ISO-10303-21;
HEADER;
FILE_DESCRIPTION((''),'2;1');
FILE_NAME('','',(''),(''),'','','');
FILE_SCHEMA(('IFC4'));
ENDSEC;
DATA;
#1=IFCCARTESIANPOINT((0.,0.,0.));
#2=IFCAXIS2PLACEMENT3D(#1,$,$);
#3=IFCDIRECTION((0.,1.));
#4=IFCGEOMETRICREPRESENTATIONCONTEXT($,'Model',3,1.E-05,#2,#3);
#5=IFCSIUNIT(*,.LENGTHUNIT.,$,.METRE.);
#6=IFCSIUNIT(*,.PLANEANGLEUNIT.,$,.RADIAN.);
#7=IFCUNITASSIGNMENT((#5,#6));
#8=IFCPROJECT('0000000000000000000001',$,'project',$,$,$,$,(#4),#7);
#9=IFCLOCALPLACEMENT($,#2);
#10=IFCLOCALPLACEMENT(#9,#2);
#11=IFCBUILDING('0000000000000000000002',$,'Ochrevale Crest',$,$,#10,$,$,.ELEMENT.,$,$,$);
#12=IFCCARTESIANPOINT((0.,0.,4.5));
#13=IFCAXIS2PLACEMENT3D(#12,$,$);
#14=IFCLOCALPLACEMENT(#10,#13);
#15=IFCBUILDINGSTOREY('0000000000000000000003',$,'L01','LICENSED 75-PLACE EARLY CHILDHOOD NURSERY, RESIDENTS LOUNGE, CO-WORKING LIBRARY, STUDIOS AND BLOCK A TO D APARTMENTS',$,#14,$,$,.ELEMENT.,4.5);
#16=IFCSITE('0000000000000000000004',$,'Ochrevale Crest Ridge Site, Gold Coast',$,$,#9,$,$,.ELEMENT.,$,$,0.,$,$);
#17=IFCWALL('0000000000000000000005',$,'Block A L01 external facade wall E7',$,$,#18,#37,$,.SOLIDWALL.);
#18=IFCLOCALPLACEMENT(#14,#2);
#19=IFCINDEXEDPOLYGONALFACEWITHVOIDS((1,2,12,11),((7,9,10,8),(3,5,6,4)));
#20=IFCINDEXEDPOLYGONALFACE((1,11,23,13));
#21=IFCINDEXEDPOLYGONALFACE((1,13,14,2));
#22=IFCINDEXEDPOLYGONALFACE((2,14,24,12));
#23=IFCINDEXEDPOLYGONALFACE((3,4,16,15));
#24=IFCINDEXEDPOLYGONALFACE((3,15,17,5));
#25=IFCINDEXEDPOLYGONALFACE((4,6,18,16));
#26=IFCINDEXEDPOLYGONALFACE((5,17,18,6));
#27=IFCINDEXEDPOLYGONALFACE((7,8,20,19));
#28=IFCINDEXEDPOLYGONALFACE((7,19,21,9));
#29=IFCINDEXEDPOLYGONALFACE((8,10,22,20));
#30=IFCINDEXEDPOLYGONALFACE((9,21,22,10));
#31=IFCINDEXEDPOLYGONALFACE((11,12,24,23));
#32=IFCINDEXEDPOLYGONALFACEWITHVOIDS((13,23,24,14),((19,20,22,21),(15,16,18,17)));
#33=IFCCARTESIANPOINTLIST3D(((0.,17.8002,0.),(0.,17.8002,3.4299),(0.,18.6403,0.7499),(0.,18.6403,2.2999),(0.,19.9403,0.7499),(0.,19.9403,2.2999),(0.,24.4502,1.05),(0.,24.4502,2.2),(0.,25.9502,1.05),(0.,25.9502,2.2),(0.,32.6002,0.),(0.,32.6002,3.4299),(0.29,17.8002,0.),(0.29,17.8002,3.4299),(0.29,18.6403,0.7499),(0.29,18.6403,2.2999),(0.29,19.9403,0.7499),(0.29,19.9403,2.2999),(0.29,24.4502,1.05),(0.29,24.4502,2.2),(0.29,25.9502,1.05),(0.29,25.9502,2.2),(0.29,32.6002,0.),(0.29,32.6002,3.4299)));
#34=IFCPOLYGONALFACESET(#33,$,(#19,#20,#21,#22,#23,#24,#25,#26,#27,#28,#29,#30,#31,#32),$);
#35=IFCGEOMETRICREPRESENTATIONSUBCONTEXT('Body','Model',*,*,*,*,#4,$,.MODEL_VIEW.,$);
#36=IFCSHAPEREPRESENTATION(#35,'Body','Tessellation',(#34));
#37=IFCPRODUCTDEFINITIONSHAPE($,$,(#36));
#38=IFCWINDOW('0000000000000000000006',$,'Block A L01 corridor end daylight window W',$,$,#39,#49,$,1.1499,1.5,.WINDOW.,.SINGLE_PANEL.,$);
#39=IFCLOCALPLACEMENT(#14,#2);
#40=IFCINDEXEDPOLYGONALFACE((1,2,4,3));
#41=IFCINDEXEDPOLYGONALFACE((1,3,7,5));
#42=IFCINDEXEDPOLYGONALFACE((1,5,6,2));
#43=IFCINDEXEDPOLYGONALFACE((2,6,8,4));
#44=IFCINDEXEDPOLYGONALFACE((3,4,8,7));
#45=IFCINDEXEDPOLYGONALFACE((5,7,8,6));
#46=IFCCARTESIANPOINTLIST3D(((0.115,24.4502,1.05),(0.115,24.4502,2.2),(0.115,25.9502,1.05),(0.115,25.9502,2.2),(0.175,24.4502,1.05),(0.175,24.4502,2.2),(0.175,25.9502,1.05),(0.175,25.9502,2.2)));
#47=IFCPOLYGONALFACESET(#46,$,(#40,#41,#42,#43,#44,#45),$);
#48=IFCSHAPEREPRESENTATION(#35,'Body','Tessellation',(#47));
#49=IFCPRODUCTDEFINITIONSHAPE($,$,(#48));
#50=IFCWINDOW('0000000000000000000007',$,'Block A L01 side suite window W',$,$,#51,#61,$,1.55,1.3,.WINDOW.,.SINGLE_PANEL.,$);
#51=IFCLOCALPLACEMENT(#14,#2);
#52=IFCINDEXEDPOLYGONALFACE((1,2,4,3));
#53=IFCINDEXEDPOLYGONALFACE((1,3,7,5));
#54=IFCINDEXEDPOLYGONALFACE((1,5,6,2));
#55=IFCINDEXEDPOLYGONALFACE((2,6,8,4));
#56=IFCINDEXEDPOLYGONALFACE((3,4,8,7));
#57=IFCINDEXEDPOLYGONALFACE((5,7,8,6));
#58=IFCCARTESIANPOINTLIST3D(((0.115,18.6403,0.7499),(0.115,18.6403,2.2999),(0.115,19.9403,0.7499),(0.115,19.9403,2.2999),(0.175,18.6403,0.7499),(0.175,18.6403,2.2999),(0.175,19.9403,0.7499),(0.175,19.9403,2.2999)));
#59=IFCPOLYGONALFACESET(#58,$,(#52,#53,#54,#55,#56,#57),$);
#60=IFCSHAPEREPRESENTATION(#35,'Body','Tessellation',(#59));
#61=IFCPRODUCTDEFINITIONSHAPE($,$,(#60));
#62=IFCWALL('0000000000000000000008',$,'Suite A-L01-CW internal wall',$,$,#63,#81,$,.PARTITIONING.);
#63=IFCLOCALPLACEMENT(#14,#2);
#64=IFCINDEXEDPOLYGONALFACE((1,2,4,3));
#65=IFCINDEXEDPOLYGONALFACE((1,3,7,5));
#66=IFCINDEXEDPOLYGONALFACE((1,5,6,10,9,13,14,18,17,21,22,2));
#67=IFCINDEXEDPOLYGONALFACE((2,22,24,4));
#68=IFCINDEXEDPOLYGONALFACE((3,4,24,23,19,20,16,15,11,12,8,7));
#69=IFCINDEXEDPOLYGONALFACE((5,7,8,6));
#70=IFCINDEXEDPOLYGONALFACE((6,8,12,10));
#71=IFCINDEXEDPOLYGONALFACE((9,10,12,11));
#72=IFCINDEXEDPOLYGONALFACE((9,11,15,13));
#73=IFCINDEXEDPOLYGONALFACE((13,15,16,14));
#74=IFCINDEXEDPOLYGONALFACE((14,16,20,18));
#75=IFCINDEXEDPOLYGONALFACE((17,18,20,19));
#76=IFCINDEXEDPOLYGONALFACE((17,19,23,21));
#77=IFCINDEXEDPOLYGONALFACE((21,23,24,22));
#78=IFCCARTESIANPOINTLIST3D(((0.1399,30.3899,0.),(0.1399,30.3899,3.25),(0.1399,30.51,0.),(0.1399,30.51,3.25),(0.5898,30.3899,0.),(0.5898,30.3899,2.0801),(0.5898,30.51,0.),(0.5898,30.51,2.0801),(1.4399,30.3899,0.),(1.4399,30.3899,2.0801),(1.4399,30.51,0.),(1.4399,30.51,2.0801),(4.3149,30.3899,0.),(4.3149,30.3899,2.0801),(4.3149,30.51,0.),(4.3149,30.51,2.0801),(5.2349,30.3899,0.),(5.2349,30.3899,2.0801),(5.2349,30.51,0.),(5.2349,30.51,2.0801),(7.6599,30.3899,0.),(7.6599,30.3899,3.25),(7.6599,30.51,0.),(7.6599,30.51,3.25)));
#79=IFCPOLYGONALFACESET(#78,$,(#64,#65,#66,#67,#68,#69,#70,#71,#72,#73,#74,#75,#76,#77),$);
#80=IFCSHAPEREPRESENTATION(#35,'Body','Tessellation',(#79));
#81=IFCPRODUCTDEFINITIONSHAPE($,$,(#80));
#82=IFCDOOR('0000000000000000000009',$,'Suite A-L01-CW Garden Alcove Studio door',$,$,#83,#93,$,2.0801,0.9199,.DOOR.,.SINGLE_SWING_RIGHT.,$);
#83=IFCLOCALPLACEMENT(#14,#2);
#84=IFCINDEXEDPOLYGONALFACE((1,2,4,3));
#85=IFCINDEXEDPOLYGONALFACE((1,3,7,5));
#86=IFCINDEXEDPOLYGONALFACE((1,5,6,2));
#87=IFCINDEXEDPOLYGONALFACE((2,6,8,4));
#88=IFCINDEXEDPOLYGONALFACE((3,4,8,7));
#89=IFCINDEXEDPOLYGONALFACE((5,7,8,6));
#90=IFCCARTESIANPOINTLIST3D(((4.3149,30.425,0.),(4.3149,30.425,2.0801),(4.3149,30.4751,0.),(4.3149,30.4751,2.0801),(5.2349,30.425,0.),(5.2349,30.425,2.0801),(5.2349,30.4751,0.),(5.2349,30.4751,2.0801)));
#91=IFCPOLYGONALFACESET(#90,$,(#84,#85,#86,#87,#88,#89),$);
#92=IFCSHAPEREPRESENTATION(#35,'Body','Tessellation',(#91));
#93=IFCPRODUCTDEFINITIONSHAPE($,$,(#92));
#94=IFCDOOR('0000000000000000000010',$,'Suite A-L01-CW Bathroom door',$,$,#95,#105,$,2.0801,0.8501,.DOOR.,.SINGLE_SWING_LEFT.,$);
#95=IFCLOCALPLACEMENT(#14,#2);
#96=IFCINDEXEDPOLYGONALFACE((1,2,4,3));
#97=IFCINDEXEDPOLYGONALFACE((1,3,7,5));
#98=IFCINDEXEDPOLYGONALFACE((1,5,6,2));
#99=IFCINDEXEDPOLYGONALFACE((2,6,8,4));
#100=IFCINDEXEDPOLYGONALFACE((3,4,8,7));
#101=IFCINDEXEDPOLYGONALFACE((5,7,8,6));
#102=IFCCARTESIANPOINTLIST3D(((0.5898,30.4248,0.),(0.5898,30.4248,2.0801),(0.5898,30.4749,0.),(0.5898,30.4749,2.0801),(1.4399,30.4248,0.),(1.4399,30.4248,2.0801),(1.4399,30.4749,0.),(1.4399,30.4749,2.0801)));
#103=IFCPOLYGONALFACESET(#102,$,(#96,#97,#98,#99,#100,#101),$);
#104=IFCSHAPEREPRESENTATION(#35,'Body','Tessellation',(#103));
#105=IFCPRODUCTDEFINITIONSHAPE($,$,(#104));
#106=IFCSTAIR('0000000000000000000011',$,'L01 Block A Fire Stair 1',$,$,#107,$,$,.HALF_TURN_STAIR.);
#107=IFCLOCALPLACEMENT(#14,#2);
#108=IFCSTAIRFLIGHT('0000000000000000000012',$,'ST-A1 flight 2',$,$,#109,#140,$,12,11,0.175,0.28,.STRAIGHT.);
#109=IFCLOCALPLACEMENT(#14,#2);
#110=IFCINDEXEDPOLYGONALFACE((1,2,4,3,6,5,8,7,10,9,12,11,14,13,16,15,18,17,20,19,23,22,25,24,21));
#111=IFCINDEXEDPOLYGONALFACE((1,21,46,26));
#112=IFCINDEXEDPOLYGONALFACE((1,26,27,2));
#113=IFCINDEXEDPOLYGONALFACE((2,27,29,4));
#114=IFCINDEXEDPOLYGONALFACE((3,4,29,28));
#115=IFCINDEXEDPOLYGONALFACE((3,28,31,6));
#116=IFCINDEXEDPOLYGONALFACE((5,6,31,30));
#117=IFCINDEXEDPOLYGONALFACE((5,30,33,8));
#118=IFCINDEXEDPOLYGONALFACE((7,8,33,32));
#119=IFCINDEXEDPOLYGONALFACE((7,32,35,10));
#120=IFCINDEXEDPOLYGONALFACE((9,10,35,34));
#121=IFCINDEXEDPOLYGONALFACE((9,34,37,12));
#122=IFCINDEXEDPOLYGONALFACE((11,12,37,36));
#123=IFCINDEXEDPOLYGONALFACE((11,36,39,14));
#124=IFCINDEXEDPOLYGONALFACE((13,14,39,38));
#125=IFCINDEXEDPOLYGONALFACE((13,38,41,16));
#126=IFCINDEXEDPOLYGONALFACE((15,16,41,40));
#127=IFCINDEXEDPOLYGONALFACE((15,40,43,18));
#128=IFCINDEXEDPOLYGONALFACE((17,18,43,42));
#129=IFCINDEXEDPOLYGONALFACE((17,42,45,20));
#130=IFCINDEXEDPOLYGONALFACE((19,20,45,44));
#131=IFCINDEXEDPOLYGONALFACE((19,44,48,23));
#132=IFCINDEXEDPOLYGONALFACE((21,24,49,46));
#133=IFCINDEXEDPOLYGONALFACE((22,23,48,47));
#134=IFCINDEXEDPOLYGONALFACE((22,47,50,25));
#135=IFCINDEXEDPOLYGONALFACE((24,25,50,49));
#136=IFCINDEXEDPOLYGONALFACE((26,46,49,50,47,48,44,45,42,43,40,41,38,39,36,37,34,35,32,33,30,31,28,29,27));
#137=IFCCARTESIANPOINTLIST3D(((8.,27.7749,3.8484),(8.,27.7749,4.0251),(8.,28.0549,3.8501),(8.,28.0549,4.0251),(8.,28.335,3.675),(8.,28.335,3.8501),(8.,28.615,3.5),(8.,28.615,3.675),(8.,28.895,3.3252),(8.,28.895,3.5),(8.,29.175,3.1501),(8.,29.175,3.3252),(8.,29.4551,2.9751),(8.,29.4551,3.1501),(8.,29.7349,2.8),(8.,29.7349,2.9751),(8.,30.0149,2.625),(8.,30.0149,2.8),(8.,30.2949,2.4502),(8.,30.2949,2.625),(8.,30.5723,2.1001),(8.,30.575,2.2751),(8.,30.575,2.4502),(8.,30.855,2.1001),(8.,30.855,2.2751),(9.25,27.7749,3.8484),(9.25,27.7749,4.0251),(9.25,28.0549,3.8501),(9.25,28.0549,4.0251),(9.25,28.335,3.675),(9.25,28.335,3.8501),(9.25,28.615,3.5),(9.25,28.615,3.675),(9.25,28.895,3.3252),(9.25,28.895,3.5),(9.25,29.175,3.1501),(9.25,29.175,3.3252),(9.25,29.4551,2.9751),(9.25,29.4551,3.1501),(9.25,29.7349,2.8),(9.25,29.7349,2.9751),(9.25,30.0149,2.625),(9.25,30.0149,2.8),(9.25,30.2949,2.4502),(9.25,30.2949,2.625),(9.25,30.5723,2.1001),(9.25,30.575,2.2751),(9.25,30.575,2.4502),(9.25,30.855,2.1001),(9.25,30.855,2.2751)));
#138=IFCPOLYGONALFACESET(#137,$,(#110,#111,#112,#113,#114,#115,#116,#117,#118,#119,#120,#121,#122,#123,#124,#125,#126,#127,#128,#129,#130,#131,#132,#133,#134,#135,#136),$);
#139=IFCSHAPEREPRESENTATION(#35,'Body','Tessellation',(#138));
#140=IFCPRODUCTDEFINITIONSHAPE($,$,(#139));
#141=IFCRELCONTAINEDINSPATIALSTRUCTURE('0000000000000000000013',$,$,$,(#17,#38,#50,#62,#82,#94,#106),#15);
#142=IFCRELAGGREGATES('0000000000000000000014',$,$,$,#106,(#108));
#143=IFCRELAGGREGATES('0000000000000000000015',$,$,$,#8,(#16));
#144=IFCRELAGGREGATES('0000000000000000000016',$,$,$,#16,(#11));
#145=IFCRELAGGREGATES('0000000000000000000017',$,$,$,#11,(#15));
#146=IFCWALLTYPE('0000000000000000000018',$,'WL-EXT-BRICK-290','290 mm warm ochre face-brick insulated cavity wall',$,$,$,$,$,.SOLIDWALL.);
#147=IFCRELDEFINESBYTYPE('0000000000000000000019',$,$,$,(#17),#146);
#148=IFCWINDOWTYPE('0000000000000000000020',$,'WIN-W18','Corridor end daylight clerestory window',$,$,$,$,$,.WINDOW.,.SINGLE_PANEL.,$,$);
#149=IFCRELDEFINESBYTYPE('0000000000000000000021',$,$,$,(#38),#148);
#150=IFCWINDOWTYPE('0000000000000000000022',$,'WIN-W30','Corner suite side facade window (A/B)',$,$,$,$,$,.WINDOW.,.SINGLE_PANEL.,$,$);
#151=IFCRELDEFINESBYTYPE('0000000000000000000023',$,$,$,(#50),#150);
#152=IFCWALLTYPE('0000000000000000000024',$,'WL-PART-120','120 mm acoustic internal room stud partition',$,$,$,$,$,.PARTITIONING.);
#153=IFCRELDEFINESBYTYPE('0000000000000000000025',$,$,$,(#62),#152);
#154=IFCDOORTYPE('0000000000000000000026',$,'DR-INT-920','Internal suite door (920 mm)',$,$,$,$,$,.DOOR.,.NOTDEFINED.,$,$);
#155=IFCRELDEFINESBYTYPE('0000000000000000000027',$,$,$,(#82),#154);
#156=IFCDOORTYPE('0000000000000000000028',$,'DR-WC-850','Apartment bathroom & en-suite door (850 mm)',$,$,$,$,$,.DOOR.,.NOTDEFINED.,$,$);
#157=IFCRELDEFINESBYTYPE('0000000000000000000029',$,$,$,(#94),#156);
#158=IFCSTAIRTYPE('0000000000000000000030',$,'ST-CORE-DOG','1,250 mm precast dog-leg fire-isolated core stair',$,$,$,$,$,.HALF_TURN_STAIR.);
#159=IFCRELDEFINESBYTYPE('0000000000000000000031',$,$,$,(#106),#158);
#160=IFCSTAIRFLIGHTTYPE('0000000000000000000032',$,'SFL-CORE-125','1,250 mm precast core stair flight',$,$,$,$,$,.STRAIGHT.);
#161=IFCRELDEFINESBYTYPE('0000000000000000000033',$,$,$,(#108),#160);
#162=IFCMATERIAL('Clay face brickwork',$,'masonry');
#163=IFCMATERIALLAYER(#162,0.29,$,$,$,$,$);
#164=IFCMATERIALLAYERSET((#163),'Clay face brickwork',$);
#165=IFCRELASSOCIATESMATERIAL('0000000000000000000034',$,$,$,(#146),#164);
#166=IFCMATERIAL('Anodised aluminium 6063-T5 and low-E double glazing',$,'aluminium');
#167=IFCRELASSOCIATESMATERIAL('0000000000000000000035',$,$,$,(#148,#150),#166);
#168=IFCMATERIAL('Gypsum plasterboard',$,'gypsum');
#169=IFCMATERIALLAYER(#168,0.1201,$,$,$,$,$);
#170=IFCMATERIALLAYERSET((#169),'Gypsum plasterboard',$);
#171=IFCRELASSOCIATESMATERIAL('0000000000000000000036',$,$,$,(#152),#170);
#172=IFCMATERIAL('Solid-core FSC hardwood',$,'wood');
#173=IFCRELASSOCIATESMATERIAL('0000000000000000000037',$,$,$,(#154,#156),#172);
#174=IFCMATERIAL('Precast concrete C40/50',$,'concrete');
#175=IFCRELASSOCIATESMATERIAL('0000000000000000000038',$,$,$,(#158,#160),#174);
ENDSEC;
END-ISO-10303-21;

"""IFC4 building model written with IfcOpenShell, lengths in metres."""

from ifc_helpers import new_model, si_unit, direction, frame, frame_2d, origin, place, context, subcontext, project, spatial, polyline, rectangle, outline, extrude, material, layer, layer_set, type_object, element, fill, aggregate, save


model = new_model("IFC4")

# Units and contexts
model_context = context("Model", 3, precision=1e-05, world=origin(), true_north=direction((0.0, 1.0)))
body_context = subcontext(model_context, "Body", "Model", "MODEL_VIEW")
ifc_project = project(units=[si_unit("LENGTHUNIT", "METRE"), si_unit("PLANEANGLEUNIT", "RADIAN")], contexts=[model_context])

# Site, building, storey
site_placement = place(None, origin())
site = spatial("IfcSite", under=ifc_project, at=site_placement, Name="Ochrevale Crest Ridge Site, Gold Coast", CompositionType="ELEMENT", RefElevation=0.0)
building_placement = place(site_placement, origin())
building = spatial("IfcBuilding", under=site, at=building_placement, Name="Ochrevale Crest", CompositionType="ELEMENT")
storey_placement = place(building_placement, frame((0.0, 0.0, 4.5)))
storey = spatial("IfcBuildingStorey", under=building, at=storey_placement, Name="L01", Description="LICENSED 75-PLACE EARLY CHILDHOOD NURSERY, RESIDENTS LOUNGE, CO-WORKING LIBRARY, STUDIOS AND BLOCK A TO D APARTMENTS", CompositionType="ELEMENT", Elevation=4.5)

# Wall, openings, windows
ifc_material_1 = material(Name="Clay face brickwork", Category="masonry")
ifc_layer_1 = layer(ifc_material_1, 0.29)
ifc_layer_set_1 = layer_set([ifc_layer_1], Name="Clay face brickwork")
wall_type_1 = type_object("IfcWallType", Name="WL-EXT-BRICK-290", Description="290 mm warm ochre face-brick insulated cavity wall", PredefinedType="SOLIDWALL", material=ifc_layer_set_1)
wall_1_placement = place(storey_placement, frame((0.145, 32.6001, 0.0), z_axis=(0.0, 0.0, 1.0), x_axis=(0.0, -1.0, 0.0)))
wall_1 = element("IfcWall", 1, at=wall_1_placement, inside=storey, type_object=wall_type_1, Name="Block A L01 external facade wall E7", PredefinedType="SOLIDWALL", context=body_context, shape_type="SweptSolid", body=[
    extrude(rectangle(XDim=14.8, YDim=0.29, at=frame_2d((7.3999, 0.0))), origin(), (0.0, 0.0, 1.0), 3.4299),
])
opening_1_placement = place(wall_1_placement, frame((6.6499, 0.0, 1.05)))
opening_1 = element("IfcOpeningElement", 2, at=opening_1_placement, cuts=wall_1, PredefinedType="OPENING", context=body_context, shape_type="SweptSolid", body=[
    extrude(rectangle(XDim=1.5, YDim=1.1499, at=frame_2d((0.75, 0.575))), frame((0.0, 0.155, 0.0), z_axis=(0.0, -1.0, 0.0), x_axis=(1.0, 0.0, 0.0)), (0.0, 0.0, 1.0), 0.3101),
])
opening_2_placement = place(wall_1_placement, frame((12.6599, 0.0, 0.75)))
opening_2 = element("IfcOpeningElement", 3, at=opening_2_placement, cuts=wall_1, PredefinedType="OPENING", context=body_context, shape_type="SweptSolid", body=[
    extrude(rectangle(XDim=1.3, YDim=1.55, at=frame_2d((0.6499, 0.7749))), frame((0.0, 0.155, 0.0), z_axis=(0.0, -1.0, 0.0), x_axis=(1.0, 0.0, 0.0)), (0.0, 0.0, 1.0), 0.3101),
])
ifc_material_2 = material(Name="Anodised aluminium 6063-T5 and low-E double glazing", Category="aluminium")
window_type_1 = type_object("IfcWindowType", Name="WIN-W18", Description="Corridor end daylight clerestory window", PartitioningType="SINGLE_PANEL", PredefinedType="WINDOW", material=ifc_material_2)
window_1_placement = place(opening_1_placement, origin())
window_1 = element("IfcWindow", 4, at=window_1_placement, inside=storey, type_object=window_type_1, Name="Block A L01 corridor end daylight window W", OverallHeight=1.1499, OverallWidth=1.5, PartitioningType="SINGLE_PANEL", PredefinedType="WINDOW", context=body_context, shape_type="SweptSolid", body=[
    extrude(rectangle(XDim=1.5, YDim=1.1499, at=frame_2d((0.75, 0.575))), frame((0.0, 0.03, 0.0), z_axis=(0.0, -1.0, 0.0), x_axis=(1.0, 0.0, 0.0)), (0.0, 0.0, 1.0), 0.0601),
])
fill(opening_1, window_1)
window_type_2 = type_object("IfcWindowType", Name="WIN-W30", Description="Corner suite side facade window (A/B)", PartitioningType="SINGLE_PANEL", PredefinedType="WINDOW", material=ifc_material_2)
window_2_placement = place(opening_2_placement, origin())
window_2 = element("IfcWindow", 5, at=window_2_placement, inside=storey, type_object=window_type_2, Name="Block A L01 side suite window W", OverallHeight=1.55, OverallWidth=1.3, PartitioningType="SINGLE_PANEL", PredefinedType="WINDOW", context=body_context, shape_type="SweptSolid", body=[
    extrude(rectangle(XDim=1.3, YDim=1.55, at=frame_2d((0.6499, 0.7749))), frame((0.0, 0.03, 0.0), z_axis=(0.0, -1.0, 0.0), x_axis=(1.0, 0.0, 0.0)), (0.0, 0.0, 1.0), 0.0601),
])
fill(opening_2, window_2)

# Wall, openings, doors
ifc_material_3 = material(Name="Gypsum plasterboard", Category="gypsum")
ifc_layer_2 = layer(ifc_material_3, 0.1201)
ifc_layer_set_2 = layer_set([ifc_layer_2], Name="Gypsum plasterboard")
wall_type_2 = type_object("IfcWallType", Name="WL-PART-120", Description="120 mm acoustic internal room stud partition", PredefinedType="PARTITIONING", material=ifc_layer_set_2)
wall_2_placement = place(storey_placement, frame((0.1399, 30.45, 0.0), z_axis=(0.0, 0.0, 1.0), x_axis=(1.0, 0.0, 0.0)))
wall_2 = element("IfcWall", 6, at=wall_2_placement, inside=storey, type_object=wall_type_2, Name="Suite A-L01-CW internal wall", PredefinedType="PARTITIONING", context=body_context, shape_type="SweptSolid", body=[
    extrude(rectangle(XDim=7.52, YDim=0.1201, at=frame_2d((3.76, 0.0))), origin(), (0.0, 0.0, 1.0), 3.25),
])
opening_3_placement = place(wall_2_placement, frame((0.45, 0.0, 0.0)))
opening_3 = element("IfcOpeningElement", 7, at=opening_3_placement, cuts=wall_2, PredefinedType="OPENING", context=body_context, shape_type="SweptSolid", body=[
    extrude(rectangle(XDim=0.8501, YDim=2.0801, at=frame_2d((0.425, 1.04))), frame((0.0, 0.0701, 0.0), z_axis=(0.0, -1.0, 0.0), x_axis=(1.0, 0.0, 0.0)), (0.0, 0.0, 1.0), 0.1401),
])
opening_4_placement = place(wall_2_placement, frame((5.095, 0.0, 0.0), z_axis=(0.0, 0.0, 1.0), x_axis=(-1.0, 0.0, 0.0)))
opening_4 = element("IfcOpeningElement", 8, at=opening_4_placement, cuts=wall_2, PredefinedType="OPENING", context=body_context, shape_type="SweptSolid", body=[
    extrude(rectangle(XDim=0.9199, YDim=2.0801, at=frame_2d((0.46, 1.04))), frame((0.0, 0.0701, 0.0), z_axis=(0.0, -1.0, 0.0), x_axis=(1.0, 0.0, 0.0)), (0.0, 0.0, 1.0), 0.1401),
])
ifc_material_4 = material(Name="Solid-core FSC hardwood", Category="wood")
door_type_1 = type_object("IfcDoorType", Name="DR-INT-920", Description="Internal suite door (920 mm)", OperationType="NOTDEFINED", PredefinedType="DOOR", material=ifc_material_4)
door_1_placement = place(opening_4_placement, origin())
door_1 = element("IfcDoor", 9, at=door_1_placement, inside=storey, type_object=door_type_1, Name="Suite A-L01-CW Garden Alcove Studio door", OperationType="SINGLE_SWING_RIGHT", OverallHeight=2.0801, OverallWidth=0.9199, PredefinedType="DOOR", context=body_context, shape_type="SweptSolid", body=[
    extrude(rectangle(XDim=0.9199, YDim=2.0801, at=frame_2d((0.46, 1.04))), frame((0.0, 0.0249, 0.0), z_axis=(0.0, -1.0, 0.0), x_axis=(1.0, 0.0, 0.0)), (0.0, 0.0, 1.0), 0.05),
])
fill(opening_4, door_1)
door_type_2 = type_object("IfcDoorType", Name="DR-WC-850", Description="Apartment bathroom & en-suite door (850 mm)", OperationType="NOTDEFINED", PredefinedType="DOOR", material=ifc_material_4)
door_2_placement = place(opening_3_placement, origin())
door_2 = element("IfcDoor", 10, at=door_2_placement, inside=storey, type_object=door_type_2, Name="Suite A-L01-CW Bathroom door", OperationType="SINGLE_SWING_LEFT", OverallHeight=2.0801, OverallWidth=0.8501, PredefinedType="DOOR", context=body_context, shape_type="SweptSolid", body=[
    extrude(rectangle(XDim=0.8501, YDim=2.0801, at=frame_2d((0.425, 1.04))), frame((0.0, 0.0249, 0.0), z_axis=(0.0, -1.0, 0.0), x_axis=(1.0, 0.0, 0.0)), (0.0, 0.0, 1.0), 0.05),
])
fill(opening_3, door_2)

# Stair, stair flight
ifc_material_5 = material(Name="Precast concrete C40/50", Category="concrete")
stair_type = type_object("IfcStairType", Name="ST-CORE-DOG", Description="1,250 mm precast dog-leg fire-isolated core stair", PredefinedType="HALF_TURN_STAIR", material=ifc_material_5)
stair_placement = place(storey_placement, origin())
stair = element("IfcStair", 11, at=stair_placement, inside=storey, type_object=stair_type, Name="L01 Block A Fire Stair 1", PredefinedType="HALF_TURN_STAIR")
stair_flight_type = type_object("IfcStairFlightType", Name="SFL-CORE-125", Description="1,250 mm precast core stair flight", PredefinedType="STRAIGHT", material=ifc_material_5)
stair_flight_placement = place(storey_placement, frame((8.625, 30.855, 2.1001), z_axis=(0.0, 0.0, 1.0), x_axis=(0.0, -1.0, 0.0)))
stair_flight = element("IfcStairFlight", 12, at=stair_flight_placement, type_object=stair_flight_type, Name="ST-A1 flight 2", NumberOfRisers=12, NumberOfTreads=11, PredefinedType="STRAIGHT", RiserHeight=0.175, TreadLength=0.28, context=body_context, shape_type="SweptSolid", body=[
    extrude(outline(polyline([(0.0, 0.0), (0.0, 0.175), (0.28, 0.175), (0.28, 0.3501), (0.5601, 0.3501), (0.5601, 0.5249), (0.8401, 0.5249), (0.8401, 0.7), (1.1201, 0.7), (1.1201, 0.875), (1.3999, 0.875), (1.3999, 1.05), (1.6799, 1.05), (1.6799, 1.2251), (1.96, 1.2251), (1.96, 1.3999), (2.24, 1.3999), (2.24, 1.575), (2.52, 1.575), (2.52, 1.75), (2.8, 1.75), (2.8, 1.925), (3.0801, 1.925), (3.0801, 2.1001), (3.0801, 1.7483), (0.2827, 0.0), (0.0, 0.0)])), frame((0.0, 0.625, 0.0), z_axis=(0.0, -1.0, 0.0), x_axis=(1.0, 0.0, 0.0)), (0.0, 0.0, 1.0), 1.25),
])
aggregate(stair, [stair_flight])

save(model, "model.ifc")
